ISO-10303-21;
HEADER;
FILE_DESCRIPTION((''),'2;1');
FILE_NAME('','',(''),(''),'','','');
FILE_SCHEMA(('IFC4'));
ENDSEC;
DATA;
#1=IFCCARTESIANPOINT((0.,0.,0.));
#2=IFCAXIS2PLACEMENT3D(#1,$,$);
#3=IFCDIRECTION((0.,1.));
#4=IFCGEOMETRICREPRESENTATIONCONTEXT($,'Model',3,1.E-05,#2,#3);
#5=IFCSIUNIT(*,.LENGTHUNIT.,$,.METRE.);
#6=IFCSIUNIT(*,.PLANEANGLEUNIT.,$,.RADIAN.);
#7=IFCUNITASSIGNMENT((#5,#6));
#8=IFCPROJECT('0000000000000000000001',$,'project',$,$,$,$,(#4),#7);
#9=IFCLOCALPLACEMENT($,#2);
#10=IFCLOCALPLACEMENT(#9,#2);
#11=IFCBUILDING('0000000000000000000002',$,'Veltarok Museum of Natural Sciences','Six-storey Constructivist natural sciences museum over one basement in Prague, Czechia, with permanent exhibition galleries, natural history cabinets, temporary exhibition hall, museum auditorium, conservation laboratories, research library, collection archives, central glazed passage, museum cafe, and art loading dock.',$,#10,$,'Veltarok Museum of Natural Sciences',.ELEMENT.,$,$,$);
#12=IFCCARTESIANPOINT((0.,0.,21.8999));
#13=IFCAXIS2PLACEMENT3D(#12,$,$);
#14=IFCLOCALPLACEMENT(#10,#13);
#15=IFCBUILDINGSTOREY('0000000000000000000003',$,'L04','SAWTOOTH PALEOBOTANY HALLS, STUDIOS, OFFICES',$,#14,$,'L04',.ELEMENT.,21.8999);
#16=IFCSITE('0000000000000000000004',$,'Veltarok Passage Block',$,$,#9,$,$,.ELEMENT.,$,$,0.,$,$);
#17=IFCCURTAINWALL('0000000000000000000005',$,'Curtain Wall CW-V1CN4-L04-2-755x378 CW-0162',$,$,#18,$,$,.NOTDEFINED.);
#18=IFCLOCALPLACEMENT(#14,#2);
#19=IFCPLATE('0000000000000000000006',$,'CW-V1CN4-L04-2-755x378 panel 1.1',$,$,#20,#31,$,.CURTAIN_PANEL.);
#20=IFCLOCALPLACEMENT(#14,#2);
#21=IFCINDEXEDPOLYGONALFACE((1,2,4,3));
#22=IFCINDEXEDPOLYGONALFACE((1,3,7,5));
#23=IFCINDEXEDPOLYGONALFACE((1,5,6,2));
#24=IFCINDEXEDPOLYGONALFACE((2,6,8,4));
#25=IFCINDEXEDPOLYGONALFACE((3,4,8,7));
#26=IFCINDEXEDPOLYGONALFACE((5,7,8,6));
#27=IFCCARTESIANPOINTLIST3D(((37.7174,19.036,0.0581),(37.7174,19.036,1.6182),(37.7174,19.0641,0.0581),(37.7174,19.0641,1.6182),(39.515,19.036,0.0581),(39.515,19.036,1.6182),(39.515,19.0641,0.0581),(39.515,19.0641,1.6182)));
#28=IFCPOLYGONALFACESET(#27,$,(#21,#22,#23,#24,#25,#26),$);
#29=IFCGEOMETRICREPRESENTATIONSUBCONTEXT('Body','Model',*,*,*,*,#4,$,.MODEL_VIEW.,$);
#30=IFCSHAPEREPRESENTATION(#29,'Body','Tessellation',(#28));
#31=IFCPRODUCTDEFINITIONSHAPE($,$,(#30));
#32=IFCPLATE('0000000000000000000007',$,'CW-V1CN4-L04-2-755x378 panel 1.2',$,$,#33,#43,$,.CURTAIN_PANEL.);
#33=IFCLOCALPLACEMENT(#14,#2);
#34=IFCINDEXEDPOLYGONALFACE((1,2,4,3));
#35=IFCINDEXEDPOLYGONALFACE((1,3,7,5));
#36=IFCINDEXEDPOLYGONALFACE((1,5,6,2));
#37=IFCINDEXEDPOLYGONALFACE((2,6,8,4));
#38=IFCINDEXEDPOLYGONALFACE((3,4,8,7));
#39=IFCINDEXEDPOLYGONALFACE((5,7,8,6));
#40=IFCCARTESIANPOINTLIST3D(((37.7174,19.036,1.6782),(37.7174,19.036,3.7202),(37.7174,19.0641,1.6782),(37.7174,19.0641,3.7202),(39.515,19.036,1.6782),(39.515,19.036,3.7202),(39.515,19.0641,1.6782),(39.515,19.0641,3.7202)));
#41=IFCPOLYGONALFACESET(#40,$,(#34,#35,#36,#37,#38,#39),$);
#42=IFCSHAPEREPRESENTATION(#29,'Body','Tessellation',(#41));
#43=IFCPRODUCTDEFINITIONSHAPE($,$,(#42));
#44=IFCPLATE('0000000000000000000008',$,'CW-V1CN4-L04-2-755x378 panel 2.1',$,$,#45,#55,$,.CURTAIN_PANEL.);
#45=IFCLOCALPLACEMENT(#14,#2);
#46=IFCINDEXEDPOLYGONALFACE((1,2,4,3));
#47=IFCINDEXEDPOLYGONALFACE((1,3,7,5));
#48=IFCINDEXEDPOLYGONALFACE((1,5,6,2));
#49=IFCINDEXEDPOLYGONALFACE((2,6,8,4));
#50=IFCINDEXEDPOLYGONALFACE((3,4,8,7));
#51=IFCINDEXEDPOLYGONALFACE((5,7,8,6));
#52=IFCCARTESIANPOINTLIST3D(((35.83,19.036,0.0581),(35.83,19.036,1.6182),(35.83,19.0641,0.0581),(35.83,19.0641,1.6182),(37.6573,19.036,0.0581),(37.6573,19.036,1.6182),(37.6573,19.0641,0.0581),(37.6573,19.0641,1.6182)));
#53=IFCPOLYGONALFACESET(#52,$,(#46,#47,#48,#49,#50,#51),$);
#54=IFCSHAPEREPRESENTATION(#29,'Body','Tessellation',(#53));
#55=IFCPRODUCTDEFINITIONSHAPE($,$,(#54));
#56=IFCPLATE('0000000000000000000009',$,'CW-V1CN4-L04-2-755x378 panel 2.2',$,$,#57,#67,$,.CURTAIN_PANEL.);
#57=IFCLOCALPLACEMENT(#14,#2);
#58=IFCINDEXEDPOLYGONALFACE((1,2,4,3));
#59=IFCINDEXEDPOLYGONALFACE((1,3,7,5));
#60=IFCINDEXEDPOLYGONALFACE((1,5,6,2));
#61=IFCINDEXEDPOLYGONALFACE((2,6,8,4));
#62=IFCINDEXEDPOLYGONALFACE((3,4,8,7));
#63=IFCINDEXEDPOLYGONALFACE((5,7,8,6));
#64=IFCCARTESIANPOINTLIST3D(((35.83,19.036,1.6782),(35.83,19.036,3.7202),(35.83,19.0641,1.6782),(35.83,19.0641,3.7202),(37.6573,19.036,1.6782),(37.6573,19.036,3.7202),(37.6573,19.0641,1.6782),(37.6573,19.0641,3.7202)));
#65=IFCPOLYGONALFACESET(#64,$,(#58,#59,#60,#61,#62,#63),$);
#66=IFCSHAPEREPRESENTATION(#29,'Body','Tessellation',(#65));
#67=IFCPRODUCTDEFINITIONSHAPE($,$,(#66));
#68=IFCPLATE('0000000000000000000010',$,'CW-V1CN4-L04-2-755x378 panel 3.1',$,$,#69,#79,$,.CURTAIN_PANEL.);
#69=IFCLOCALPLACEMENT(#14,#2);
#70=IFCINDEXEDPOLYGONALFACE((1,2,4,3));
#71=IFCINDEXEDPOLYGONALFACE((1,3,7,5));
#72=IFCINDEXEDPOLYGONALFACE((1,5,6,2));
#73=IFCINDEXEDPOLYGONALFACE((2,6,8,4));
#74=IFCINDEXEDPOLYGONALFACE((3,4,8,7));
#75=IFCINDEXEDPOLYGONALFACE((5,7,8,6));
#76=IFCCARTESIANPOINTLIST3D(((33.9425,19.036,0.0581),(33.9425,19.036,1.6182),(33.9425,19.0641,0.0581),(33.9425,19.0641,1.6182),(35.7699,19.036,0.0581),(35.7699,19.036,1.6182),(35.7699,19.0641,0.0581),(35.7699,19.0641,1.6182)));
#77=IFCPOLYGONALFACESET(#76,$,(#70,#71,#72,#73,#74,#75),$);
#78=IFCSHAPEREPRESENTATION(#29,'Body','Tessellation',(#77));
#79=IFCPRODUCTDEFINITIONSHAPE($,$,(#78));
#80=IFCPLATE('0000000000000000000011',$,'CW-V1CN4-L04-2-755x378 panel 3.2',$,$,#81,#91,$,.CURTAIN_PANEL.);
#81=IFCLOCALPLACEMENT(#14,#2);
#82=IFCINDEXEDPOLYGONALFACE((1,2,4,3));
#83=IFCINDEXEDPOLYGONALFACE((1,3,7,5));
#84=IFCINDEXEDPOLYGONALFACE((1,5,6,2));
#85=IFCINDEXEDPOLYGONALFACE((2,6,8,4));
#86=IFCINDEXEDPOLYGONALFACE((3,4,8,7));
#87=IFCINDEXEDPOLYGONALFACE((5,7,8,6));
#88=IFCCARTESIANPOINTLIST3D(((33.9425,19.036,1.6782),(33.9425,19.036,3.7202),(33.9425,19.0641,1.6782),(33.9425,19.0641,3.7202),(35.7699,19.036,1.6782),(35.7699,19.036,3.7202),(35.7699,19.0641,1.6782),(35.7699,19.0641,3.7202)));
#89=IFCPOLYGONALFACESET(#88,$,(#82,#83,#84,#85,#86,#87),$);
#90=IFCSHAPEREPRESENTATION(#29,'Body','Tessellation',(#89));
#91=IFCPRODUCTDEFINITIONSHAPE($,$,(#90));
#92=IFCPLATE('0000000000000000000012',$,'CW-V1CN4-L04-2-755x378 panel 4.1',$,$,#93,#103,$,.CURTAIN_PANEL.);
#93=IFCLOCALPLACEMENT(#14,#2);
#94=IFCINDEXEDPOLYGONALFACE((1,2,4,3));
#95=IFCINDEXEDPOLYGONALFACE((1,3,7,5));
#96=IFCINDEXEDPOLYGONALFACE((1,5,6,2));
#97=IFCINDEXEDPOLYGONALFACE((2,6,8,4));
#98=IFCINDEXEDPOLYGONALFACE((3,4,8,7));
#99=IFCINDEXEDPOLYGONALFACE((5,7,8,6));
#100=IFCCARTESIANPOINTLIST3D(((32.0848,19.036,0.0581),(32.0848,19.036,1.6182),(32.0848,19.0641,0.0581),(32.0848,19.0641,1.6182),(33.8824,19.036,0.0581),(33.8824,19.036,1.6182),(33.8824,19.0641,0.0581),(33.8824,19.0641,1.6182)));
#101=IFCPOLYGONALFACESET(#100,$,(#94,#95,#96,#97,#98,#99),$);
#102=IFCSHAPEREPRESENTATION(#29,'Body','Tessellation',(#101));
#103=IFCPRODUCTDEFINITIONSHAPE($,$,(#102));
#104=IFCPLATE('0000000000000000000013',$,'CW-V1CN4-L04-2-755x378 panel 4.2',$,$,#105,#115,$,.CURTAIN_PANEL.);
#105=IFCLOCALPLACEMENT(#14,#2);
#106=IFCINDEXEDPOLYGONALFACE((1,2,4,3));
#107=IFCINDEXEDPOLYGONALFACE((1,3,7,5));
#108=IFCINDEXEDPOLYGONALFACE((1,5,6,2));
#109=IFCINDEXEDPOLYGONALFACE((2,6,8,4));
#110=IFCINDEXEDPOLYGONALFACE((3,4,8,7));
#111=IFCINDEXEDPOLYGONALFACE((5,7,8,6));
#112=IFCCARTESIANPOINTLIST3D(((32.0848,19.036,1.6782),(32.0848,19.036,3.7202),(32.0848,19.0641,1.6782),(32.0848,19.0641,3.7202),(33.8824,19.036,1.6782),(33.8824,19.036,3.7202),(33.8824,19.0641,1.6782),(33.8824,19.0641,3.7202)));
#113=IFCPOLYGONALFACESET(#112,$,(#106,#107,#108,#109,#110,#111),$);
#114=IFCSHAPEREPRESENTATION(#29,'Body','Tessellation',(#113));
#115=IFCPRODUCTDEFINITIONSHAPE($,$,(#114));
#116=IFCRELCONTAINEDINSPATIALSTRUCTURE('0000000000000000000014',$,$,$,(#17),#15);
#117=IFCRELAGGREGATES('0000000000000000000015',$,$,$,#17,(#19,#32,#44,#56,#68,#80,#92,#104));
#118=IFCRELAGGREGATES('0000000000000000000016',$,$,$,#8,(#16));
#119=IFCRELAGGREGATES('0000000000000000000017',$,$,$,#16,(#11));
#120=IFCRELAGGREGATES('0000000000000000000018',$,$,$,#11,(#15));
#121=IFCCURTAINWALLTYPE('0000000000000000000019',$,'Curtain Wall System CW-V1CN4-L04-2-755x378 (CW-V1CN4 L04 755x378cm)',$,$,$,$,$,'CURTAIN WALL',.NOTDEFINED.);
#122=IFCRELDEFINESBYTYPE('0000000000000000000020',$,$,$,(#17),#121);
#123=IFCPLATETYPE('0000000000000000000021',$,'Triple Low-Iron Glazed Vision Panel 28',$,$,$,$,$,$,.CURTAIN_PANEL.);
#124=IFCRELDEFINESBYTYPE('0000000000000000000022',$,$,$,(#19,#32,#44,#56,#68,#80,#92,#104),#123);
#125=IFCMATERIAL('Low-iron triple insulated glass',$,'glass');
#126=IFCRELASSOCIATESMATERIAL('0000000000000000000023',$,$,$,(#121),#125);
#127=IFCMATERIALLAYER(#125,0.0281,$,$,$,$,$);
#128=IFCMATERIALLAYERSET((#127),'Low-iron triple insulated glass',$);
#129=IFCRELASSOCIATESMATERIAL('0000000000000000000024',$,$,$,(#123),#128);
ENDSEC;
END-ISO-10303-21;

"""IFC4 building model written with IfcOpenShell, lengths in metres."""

from ifc_helpers import new_model, si_unit, direction, frame, origin, origin_2d, place, context, subcontext, project, spatial, rectangle, extrude, material, layer, layer_set, type_object, element, aggregate, save


model = new_model("IFC4")

# Units and contexts
model_context = context("Model", 3, precision=1e-05, world=origin(), true_north=direction((0.0, 1.0)))
body_context = subcontext(model_context, "Body", "Model", "MODEL_VIEW")
ifc_project = project(units=[si_unit("LENGTHUNIT", "METRE"), si_unit("PLANEANGLEUNIT", "RADIAN")], contexts=[model_context])

# Site, building, storey
site_placement = place(None, origin())
site = spatial("IfcSite", under=ifc_project, at=site_placement, Name="Veltarok Passage Block", CompositionType="ELEMENT", RefElevation=0.0)
building_placement = place(site_placement, origin())
building = spatial("IfcBuilding", under=site, at=building_placement, Name="Veltarok Museum of Natural Sciences", Description="Six-storey Constructivist natural sciences museum over one basement in Prague, Czechia, with permanent exhibition galleries, natural history cabinets, temporary exhibition hall, museum auditorium, conservation laboratories, research library, collection archives, central glazed passage, museum cafe, and art loading dock.", LongName="Veltarok Museum of Natural Sciences", CompositionType="ELEMENT")
storey_placement = place(building_placement, frame((0.0, 0.0, 21.8999)))
storey = spatial("IfcBuildingStorey", under=building, at=storey_placement, Name="L04", Description="SAWTOOTH PALEOBOTANY HALLS, STUDIOS, OFFICES", LongName="L04", CompositionType="ELEMENT", Elevation=21.8999)

# Curtain wall
ifc_material_1 = material(Name="Low-iron triple insulated glass", Category="glass")
curtain_wall_type = type_object("IfcCurtainWallType", Name="Curtain Wall System CW-V1CN4-L04-2-755x378 (CW-V1CN4 L04 755x378cm)", ElementType="CURTAIN WALL", PredefinedType="NOTDEFINED", material=ifc_material_1)
curtain_wall_placement = place(storey_placement, origin())
curtain_wall = element("IfcCurtainWall", 1, at=curtain_wall_placement, inside=storey, type_object=curtain_wall_type, Name="Curtain Wall CW-V1CN4-L04-2-755x378 CW-0162", PredefinedType="NOTDEFINED")

# Plates
ifc_layer = layer(ifc_material_1, 0.0281)
ifc_layer_set = layer_set([ifc_layer], Name="Low-iron triple insulated glass")
plate_type = type_object("IfcPlateType", Name="Triple Low-Iron Glazed Vision Panel 28", PredefinedType="CURTAIN_PANEL", material=ifc_layer_set)
plate_1_placement = place(storey_placement, frame((38.6162, 19.05, 0.0581), z_axis=(0.0, 0.0, 1.0), x_axis=(-1.0, 0.0, 0.0)))
plate_1 = element("IfcPlate", 2, at=plate_1_placement, type_object=plate_type, Name="CW-V1CN4-L04-2-755x378 panel 1.1", PredefinedType="CURTAIN_PANEL", context=body_context, shape_type="SweptSolid", body=[
    extrude(rectangle(XDim=1.7976, YDim=0.0281, at=origin_2d()), origin(), (0.0, 0.0, 1.0), 1.5601),
])
plate_2_placement = place(storey_placement, frame((38.6162, 19.05, 1.6782), z_axis=(0.0, 0.0, 1.0), x_axis=(-1.0, 0.0, 0.0)))
plate_2 = element("IfcPlate", 3, at=plate_2_placement, type_object=plate_type, Name="CW-V1CN4-L04-2-755x378 panel 1.2", PredefinedType="CURTAIN_PANEL", context=body_context, shape_type="SweptSolid", body=[
    extrude(rectangle(XDim=1.7976, YDim=0.0281, at=origin_2d()), origin(), (0.0, 0.0, 1.0), 2.042),
])
plate_3_placement = place(storey_placement, frame((36.7437, 19.05, 0.0581), z_axis=(0.0, 0.0, 1.0), x_axis=(-1.0, 0.0, 0.0)))
plate_3 = element("IfcPlate", 4, at=plate_3_placement, type_object=plate_type, Name="CW-V1CN4-L04-2-755x378 panel 2.1", PredefinedType="CURTAIN_PANEL", context=body_context, shape_type="SweptSolid", body=[
    extrude(rectangle(XDim=1.8274, YDim=0.0281, at=origin_2d()), origin(), (0.0, 0.0, 1.0), 1.5601),
])
plate_4_placement = place(storey_placement, frame((36.7437, 19.05, 1.6782), z_axis=(0.0, 0.0, 1.0), x_axis=(-1.0, 0.0, 0.0)))
plate_4 = element("IfcPlate", 5, at=plate_4_placement, type_object=plate_type, Name="CW-V1CN4-L04-2-755x378 panel 2.2", PredefinedType="CURTAIN_PANEL", context=body_context, shape_type="SweptSolid", body=[
    extrude(rectangle(XDim=1.8274, YDim=0.0281, at=origin_2d()), origin(), (0.0, 0.0, 1.0), 2.042),
])
plate_5_placement = place(storey_placement, frame((34.8562, 19.05, 0.0581), z_axis=(0.0, 0.0, 1.0), x_axis=(-1.0, 0.0, 0.0)))
plate_5 = element("IfcPlate", 6, at=plate_5_placement, type_object=plate_type, Name="CW-V1CN4-L04-2-755x378 panel 3.1", PredefinedType="CURTAIN_PANEL", context=body_context, shape_type="SweptSolid", body=[
    extrude(rectangle(XDim=1.8274, YDim=0.0281, at=origin_2d()), origin(), (0.0, 0.0, 1.0), 1.5601),
])
plate_6_placement = place(storey_placement, frame((34.8562, 19.05, 1.6782), z_axis=(0.0, 0.0, 1.0), x_axis=(-1.0, 0.0, 0.0)))
plate_6 = element("IfcPlate", 7, at=plate_6_placement, type_object=plate_type, Name="CW-V1CN4-L04-2-755x378 panel 3.2", PredefinedType="CURTAIN_PANEL", context=body_context, shape_type="SweptSolid", body=[
    extrude(rectangle(XDim=1.8274, YDim=0.0281, at=origin_2d()), origin(), (0.0, 0.0, 1.0), 2.042),
])
plate_7_placement = place(storey_placement, frame((32.9836, 19.05, 0.0581), z_axis=(0.0, 0.0, 1.0), x_axis=(-1.0, 0.0, 0.0)))
plate_7 = element("IfcPlate", 8, at=plate_7_placement, type_object=plate_type, Name="CW-V1CN4-L04-2-755x378 panel 4.1", PredefinedType="CURTAIN_PANEL", context=body_context, shape_type="SweptSolid", body=[
    extrude(rectangle(XDim=1.7976, YDim=0.0281, at=origin_2d()), origin(), (0.0, 0.0, 1.0), 1.5601),
])
plate_8_placement = place(storey_placement, frame((32.9836, 19.05, 1.6782), z_axis=(0.0, 0.0, 1.0), x_axis=(-1.0, 0.0, 0.0)))
plate_8 = element("IfcPlate", 9, at=plate_8_placement, type_object=plate_type, Name="CW-V1CN4-L04-2-755x378 panel 4.2", PredefinedType="CURTAIN_PANEL", context=body_context, shape_type="SweptSolid", body=[
    extrude(rectangle(XDim=1.7976, YDim=0.0281, at=origin_2d()), origin(), (0.0, 0.0, 1.0), 2.042),
])
aggregate(curtain_wall, [plate_1, plate_2, plate_3, plate_4, plate_5, plate_6, plate_7, plate_8])

save(model, "model.ifc")
